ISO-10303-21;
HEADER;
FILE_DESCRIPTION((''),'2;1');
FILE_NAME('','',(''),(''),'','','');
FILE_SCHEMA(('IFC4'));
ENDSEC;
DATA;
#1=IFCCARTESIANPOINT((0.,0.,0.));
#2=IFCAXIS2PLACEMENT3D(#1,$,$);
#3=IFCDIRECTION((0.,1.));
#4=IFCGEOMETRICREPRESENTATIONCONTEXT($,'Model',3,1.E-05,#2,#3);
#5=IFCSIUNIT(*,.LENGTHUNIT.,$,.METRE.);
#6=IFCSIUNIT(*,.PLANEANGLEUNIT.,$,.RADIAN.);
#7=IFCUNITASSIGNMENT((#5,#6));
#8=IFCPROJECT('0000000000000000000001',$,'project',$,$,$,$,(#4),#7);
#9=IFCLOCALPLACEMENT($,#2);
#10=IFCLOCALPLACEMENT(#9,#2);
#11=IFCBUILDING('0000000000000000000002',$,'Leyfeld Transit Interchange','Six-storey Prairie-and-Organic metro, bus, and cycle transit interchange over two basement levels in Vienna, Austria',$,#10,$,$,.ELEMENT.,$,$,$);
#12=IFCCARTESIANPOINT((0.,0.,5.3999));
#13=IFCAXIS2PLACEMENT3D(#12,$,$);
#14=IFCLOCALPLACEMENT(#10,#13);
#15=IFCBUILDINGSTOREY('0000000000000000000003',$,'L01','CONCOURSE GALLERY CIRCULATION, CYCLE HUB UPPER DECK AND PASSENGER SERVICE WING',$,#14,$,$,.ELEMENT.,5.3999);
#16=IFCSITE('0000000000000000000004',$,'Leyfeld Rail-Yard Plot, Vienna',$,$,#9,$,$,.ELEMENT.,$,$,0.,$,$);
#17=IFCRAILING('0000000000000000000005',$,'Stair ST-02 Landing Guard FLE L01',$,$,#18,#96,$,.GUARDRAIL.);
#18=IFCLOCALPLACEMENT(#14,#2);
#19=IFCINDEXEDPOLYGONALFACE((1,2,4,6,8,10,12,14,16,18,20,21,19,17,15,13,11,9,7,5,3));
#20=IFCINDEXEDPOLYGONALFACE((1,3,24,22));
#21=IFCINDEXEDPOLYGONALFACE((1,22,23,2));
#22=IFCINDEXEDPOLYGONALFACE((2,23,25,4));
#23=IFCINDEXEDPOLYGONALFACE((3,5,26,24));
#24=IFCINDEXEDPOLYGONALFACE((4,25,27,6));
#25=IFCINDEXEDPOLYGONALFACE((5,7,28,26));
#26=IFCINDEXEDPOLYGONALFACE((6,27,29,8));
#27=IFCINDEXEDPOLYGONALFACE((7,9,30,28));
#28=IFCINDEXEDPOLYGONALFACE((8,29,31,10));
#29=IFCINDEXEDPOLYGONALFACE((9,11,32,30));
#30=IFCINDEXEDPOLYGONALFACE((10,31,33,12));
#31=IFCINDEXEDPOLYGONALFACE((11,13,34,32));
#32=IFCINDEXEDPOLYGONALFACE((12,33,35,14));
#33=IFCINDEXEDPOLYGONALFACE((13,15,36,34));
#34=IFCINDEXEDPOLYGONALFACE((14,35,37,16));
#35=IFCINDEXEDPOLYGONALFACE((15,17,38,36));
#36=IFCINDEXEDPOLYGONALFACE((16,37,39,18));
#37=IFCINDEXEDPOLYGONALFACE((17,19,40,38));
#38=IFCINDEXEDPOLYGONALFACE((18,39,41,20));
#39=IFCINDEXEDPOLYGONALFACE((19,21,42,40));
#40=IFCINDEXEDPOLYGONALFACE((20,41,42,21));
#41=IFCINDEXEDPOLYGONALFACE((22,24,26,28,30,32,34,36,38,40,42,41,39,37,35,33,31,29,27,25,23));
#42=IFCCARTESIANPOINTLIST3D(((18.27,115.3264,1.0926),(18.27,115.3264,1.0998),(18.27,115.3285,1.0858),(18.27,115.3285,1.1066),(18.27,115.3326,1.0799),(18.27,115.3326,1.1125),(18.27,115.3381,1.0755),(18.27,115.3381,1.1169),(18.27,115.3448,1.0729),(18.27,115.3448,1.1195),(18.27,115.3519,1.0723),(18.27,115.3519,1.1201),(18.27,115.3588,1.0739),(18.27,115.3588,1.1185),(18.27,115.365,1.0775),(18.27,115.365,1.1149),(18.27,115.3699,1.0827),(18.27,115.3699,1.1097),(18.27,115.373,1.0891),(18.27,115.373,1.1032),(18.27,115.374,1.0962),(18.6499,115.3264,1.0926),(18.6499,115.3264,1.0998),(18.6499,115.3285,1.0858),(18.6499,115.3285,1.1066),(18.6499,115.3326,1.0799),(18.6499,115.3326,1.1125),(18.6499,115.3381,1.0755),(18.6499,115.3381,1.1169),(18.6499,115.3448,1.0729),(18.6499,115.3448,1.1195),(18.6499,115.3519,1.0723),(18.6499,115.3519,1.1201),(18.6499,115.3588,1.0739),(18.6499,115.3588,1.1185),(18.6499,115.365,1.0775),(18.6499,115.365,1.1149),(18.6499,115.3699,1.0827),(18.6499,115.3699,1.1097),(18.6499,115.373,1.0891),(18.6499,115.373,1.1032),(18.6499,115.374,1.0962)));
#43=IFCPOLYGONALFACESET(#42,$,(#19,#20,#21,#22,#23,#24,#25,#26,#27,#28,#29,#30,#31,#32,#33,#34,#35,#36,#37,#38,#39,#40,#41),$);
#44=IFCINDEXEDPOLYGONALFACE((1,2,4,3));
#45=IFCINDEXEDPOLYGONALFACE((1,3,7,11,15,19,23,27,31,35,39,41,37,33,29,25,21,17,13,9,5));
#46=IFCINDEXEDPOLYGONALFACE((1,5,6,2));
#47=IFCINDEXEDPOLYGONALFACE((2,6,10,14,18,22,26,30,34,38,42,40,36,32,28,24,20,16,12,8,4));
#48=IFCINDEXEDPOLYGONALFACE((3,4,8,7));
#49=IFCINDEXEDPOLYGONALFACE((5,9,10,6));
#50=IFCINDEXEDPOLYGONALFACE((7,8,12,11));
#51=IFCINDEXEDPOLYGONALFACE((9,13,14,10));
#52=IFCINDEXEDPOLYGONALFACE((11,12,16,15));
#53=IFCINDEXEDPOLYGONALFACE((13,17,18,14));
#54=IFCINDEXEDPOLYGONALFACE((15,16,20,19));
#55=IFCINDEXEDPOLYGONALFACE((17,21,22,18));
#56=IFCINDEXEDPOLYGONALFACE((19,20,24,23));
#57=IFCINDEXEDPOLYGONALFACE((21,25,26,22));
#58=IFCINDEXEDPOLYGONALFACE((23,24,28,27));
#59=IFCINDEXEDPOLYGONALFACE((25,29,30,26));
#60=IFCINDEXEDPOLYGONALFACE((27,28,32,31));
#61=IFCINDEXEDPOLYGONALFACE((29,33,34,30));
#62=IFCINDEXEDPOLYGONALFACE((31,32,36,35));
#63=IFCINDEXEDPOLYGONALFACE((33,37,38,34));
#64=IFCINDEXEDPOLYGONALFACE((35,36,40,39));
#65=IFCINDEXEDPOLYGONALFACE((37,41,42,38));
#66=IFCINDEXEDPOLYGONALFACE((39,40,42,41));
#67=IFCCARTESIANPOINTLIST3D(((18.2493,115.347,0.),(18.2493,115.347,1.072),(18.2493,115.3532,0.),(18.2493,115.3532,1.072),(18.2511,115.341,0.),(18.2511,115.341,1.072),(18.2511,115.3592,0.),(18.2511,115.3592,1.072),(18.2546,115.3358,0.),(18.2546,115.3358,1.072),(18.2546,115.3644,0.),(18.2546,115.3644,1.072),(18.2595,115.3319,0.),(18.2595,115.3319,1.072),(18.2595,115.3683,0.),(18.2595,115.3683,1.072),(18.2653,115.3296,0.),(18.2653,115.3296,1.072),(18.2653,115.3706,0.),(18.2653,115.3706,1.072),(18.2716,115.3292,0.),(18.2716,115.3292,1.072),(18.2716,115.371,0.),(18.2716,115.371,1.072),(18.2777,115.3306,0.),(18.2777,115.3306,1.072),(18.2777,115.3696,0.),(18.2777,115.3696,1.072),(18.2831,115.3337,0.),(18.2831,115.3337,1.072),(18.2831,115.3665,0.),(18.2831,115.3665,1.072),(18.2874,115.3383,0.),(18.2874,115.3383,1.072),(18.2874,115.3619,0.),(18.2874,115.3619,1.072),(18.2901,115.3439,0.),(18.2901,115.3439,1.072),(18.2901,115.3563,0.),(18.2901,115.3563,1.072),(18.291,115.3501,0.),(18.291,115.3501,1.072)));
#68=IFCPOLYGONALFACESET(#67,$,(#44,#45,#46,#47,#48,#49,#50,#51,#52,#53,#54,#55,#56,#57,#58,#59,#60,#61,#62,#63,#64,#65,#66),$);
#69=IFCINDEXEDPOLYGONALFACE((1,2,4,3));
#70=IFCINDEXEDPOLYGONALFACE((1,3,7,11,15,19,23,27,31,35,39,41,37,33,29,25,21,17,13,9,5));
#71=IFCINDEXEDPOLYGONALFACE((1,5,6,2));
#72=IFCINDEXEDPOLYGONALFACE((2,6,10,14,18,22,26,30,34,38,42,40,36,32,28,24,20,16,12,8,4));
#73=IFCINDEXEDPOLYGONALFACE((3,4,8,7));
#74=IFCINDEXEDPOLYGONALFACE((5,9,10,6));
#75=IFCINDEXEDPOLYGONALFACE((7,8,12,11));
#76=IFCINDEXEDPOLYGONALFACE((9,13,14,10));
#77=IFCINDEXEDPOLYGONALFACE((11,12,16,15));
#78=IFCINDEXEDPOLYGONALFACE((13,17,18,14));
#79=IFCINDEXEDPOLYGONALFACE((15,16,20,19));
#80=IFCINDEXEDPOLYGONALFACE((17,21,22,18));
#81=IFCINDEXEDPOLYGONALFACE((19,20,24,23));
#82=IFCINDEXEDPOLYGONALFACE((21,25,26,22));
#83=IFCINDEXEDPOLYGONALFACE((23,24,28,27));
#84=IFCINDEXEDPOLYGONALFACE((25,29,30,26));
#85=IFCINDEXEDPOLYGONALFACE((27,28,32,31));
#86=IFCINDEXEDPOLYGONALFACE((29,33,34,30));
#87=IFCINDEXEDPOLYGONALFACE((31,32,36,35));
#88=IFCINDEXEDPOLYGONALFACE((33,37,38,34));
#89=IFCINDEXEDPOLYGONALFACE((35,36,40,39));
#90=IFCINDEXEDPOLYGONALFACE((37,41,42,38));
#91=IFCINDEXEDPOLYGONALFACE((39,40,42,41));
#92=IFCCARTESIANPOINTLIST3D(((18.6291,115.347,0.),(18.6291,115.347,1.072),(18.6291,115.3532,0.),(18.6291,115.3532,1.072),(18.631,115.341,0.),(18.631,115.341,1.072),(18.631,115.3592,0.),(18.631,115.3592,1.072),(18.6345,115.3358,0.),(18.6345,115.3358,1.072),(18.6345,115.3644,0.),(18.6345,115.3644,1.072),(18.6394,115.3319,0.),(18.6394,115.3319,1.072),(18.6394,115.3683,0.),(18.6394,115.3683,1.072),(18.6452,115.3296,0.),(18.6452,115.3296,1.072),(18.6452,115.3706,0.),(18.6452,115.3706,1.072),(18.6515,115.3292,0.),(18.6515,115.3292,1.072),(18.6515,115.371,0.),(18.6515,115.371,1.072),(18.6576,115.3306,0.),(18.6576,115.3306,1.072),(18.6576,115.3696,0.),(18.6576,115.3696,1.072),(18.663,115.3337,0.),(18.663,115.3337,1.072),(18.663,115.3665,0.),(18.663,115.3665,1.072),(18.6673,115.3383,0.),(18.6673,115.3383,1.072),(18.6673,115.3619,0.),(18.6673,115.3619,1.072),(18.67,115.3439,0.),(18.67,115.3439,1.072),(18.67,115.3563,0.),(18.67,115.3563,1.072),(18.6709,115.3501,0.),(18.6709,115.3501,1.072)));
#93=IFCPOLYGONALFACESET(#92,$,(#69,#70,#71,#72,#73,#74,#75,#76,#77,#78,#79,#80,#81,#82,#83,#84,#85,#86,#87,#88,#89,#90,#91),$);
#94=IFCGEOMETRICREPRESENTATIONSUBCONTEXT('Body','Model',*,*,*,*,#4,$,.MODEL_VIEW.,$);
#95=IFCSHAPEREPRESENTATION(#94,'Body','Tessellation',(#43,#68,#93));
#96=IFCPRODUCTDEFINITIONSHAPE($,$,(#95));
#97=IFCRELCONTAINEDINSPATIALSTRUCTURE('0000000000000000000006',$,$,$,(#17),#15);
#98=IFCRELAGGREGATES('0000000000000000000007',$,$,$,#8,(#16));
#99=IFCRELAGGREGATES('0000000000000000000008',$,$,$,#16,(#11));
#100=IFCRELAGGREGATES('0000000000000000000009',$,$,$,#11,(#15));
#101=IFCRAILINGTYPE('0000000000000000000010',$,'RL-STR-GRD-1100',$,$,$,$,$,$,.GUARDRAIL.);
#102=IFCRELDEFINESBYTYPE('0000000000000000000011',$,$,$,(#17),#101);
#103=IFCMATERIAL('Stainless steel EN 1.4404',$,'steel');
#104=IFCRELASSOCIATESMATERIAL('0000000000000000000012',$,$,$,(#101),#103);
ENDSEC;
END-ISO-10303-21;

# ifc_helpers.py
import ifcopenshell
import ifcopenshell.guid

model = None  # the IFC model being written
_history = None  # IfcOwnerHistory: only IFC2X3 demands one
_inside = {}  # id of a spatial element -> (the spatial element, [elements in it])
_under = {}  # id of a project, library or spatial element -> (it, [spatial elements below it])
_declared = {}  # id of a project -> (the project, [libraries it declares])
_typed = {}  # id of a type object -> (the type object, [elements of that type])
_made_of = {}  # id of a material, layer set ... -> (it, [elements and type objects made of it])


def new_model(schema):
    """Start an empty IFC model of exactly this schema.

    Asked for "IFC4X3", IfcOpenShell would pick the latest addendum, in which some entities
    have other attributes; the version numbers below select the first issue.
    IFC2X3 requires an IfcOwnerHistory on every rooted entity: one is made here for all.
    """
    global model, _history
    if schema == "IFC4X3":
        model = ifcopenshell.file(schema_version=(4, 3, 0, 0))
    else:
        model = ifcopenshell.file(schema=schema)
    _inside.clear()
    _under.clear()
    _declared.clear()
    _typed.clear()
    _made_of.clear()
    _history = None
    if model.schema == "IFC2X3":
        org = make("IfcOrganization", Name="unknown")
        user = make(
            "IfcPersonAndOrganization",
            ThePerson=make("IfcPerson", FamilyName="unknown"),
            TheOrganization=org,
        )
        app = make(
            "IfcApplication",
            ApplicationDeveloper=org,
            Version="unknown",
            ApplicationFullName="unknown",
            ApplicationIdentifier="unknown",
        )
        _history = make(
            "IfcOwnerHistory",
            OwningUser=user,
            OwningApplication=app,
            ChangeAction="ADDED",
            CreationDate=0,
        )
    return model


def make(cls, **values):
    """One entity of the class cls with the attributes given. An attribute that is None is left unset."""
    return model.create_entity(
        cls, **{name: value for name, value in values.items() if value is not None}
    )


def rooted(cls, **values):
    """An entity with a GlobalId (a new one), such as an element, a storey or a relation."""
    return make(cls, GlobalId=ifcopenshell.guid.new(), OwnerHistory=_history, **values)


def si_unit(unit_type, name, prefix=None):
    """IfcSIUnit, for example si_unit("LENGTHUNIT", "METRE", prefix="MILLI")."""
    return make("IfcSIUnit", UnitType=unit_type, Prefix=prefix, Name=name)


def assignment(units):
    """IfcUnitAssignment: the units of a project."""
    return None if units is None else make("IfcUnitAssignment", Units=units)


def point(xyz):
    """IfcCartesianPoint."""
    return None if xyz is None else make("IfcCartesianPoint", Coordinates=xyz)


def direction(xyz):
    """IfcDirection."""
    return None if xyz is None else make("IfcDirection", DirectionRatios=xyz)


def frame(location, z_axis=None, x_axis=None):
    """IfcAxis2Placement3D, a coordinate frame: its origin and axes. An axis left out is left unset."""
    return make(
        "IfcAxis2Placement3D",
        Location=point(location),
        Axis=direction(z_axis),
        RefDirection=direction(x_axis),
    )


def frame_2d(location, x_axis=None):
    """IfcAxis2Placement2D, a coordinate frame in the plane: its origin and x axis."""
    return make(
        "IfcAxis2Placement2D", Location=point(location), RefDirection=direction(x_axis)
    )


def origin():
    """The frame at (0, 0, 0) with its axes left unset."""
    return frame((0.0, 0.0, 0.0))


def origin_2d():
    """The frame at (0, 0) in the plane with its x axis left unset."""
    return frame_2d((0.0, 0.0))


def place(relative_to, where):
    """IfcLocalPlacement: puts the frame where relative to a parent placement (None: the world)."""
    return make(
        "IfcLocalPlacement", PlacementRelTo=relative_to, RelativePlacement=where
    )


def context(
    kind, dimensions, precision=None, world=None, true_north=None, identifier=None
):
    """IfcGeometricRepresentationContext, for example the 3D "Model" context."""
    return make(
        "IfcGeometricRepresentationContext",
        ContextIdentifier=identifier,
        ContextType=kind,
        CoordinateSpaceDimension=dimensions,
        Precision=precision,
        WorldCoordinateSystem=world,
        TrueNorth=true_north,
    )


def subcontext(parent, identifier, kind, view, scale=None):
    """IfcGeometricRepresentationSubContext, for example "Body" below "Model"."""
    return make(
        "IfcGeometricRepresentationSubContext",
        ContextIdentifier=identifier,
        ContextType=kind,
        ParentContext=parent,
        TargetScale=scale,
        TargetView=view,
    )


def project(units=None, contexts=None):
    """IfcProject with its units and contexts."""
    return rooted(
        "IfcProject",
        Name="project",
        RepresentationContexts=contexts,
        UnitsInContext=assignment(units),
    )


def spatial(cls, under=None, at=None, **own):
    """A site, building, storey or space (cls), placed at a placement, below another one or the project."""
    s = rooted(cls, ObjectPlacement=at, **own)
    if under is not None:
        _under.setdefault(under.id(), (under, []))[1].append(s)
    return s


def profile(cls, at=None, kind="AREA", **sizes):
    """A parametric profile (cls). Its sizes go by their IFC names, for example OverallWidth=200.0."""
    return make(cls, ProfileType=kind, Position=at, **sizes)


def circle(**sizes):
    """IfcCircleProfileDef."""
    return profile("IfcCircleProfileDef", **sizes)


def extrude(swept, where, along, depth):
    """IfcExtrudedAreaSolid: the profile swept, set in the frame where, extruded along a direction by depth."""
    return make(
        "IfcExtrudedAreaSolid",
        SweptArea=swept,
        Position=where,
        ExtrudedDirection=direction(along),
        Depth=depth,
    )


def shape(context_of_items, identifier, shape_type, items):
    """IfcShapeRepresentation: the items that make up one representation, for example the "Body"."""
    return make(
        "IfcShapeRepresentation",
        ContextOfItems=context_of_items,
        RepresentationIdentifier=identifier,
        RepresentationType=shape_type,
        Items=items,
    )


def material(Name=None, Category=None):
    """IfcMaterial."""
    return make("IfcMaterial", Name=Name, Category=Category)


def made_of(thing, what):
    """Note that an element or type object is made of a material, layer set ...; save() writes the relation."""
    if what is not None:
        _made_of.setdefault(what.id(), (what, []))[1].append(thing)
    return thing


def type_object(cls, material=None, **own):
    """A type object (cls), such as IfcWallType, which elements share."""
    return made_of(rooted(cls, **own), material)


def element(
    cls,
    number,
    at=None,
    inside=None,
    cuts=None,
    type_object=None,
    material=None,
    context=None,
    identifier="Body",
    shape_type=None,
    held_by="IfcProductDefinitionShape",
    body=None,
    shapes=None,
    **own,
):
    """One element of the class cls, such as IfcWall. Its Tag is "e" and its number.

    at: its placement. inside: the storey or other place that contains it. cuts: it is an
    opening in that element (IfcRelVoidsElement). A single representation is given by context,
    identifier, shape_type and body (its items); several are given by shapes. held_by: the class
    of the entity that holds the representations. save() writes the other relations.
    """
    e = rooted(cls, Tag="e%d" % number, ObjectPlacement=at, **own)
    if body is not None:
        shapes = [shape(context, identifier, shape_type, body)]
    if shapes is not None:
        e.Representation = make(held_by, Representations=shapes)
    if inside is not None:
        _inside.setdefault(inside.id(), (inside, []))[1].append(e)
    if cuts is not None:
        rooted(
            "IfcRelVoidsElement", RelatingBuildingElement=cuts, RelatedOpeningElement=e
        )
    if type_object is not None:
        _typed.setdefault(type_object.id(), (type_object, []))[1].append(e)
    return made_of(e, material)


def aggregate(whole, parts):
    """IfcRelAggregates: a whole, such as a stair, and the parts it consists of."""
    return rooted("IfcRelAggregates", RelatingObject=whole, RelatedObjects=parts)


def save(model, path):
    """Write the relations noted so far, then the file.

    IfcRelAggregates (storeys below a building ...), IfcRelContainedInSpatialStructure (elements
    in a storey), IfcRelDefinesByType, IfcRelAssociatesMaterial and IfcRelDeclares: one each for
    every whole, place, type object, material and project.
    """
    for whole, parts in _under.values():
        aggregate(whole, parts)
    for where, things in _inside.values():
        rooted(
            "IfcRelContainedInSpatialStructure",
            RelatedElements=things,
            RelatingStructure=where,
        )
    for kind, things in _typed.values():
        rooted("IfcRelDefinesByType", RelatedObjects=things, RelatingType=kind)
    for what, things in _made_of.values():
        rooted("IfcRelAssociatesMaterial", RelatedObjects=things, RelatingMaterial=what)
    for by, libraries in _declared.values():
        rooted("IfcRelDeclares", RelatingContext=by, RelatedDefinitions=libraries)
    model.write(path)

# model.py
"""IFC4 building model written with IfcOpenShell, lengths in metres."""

from ifc_helpers import new_model, si_unit, direction, frame, origin, origin_2d, place, context, subcontext, project, spatial, circle, extrude, material, type_object, element, save


model = new_model("IFC4")

# Units and contexts
model_context = context("Model", 3, precision=1e-05, world=origin(), true_north=direction((0.0, 1.0)))
body_context = subcontext(model_context, "Body", "Model", "MODEL_VIEW")
ifc_project = project(units=[si_unit("LENGTHUNIT", "METRE"), si_unit("PLANEANGLEUNIT", "RADIAN")], contexts=[model_context])

# Site, building, storey
site_placement = place(None, origin())
site = spatial("IfcSite", under=ifc_project, at=site_placement, Name="Leyfeld Rail-Yard Plot, Vienna", CompositionType="ELEMENT", RefElevation=0.0)
building_placement = place(site_placement, origin())
building = spatial("IfcBuilding", under=site, at=building_placement, Name="Leyfeld Transit Interchange", Description="Six-storey Prairie-and-Organic metro, bus, and cycle transit interchange over two basement levels in Vienna, Austria", CompositionType="ELEMENT")
storey_placement = place(building_placement, frame((0.0, 0.0, 5.3999)))
storey = spatial("IfcBuildingStorey", under=building, at=storey_placement, Name="L01", Description="CONCOURSE GALLERY CIRCULATION, CYCLE HUB UPPER DECK AND PASSENGER SERVICE WING", CompositionType="ELEMENT", Elevation=5.3999)

# Shared definitions
ifc_material_1 = material(Name="Stainless steel EN 1.4404", Category="steel")

# Railing
railing_type_1 = type_object("IfcRailingType", Name="RL-STR-GRD-1100", PredefinedType="GUARDRAIL", material=ifc_material_1)
railing_1_placement = place(storey_placement, frame((18.27, 115.3501, 0.0)))
element("IfcRailing", 1, at=railing_1_placement, inside=storey, type_object=railing_type_1, Name="Stair ST-02 Landing Guard FLE L01", PredefinedType="GUARDRAIL", context=body_context, shape_type="SweptSolid", body=[
    extrude(circle(Radius=0.0239, at=origin_2d()), frame((0.0, 0.0, 1.0962), z_axis=(1.0, 0.0, 0.0), x_axis=(0.0, 1.0, 0.0)), (0.0, 0.0, 1.0), 0.3799),
    extrude(circle(Radius=0.021, at=origin_2d()), origin(), (0.0, 0.0, 1.0), 1.072),
    extrude(circle(Radius=0.021, at=origin_2d()), frame((0.3799, 0.0, 0.0)), (0.0, 0.0, 1.0), 1.072),
])

save(model, "model.ifc")
